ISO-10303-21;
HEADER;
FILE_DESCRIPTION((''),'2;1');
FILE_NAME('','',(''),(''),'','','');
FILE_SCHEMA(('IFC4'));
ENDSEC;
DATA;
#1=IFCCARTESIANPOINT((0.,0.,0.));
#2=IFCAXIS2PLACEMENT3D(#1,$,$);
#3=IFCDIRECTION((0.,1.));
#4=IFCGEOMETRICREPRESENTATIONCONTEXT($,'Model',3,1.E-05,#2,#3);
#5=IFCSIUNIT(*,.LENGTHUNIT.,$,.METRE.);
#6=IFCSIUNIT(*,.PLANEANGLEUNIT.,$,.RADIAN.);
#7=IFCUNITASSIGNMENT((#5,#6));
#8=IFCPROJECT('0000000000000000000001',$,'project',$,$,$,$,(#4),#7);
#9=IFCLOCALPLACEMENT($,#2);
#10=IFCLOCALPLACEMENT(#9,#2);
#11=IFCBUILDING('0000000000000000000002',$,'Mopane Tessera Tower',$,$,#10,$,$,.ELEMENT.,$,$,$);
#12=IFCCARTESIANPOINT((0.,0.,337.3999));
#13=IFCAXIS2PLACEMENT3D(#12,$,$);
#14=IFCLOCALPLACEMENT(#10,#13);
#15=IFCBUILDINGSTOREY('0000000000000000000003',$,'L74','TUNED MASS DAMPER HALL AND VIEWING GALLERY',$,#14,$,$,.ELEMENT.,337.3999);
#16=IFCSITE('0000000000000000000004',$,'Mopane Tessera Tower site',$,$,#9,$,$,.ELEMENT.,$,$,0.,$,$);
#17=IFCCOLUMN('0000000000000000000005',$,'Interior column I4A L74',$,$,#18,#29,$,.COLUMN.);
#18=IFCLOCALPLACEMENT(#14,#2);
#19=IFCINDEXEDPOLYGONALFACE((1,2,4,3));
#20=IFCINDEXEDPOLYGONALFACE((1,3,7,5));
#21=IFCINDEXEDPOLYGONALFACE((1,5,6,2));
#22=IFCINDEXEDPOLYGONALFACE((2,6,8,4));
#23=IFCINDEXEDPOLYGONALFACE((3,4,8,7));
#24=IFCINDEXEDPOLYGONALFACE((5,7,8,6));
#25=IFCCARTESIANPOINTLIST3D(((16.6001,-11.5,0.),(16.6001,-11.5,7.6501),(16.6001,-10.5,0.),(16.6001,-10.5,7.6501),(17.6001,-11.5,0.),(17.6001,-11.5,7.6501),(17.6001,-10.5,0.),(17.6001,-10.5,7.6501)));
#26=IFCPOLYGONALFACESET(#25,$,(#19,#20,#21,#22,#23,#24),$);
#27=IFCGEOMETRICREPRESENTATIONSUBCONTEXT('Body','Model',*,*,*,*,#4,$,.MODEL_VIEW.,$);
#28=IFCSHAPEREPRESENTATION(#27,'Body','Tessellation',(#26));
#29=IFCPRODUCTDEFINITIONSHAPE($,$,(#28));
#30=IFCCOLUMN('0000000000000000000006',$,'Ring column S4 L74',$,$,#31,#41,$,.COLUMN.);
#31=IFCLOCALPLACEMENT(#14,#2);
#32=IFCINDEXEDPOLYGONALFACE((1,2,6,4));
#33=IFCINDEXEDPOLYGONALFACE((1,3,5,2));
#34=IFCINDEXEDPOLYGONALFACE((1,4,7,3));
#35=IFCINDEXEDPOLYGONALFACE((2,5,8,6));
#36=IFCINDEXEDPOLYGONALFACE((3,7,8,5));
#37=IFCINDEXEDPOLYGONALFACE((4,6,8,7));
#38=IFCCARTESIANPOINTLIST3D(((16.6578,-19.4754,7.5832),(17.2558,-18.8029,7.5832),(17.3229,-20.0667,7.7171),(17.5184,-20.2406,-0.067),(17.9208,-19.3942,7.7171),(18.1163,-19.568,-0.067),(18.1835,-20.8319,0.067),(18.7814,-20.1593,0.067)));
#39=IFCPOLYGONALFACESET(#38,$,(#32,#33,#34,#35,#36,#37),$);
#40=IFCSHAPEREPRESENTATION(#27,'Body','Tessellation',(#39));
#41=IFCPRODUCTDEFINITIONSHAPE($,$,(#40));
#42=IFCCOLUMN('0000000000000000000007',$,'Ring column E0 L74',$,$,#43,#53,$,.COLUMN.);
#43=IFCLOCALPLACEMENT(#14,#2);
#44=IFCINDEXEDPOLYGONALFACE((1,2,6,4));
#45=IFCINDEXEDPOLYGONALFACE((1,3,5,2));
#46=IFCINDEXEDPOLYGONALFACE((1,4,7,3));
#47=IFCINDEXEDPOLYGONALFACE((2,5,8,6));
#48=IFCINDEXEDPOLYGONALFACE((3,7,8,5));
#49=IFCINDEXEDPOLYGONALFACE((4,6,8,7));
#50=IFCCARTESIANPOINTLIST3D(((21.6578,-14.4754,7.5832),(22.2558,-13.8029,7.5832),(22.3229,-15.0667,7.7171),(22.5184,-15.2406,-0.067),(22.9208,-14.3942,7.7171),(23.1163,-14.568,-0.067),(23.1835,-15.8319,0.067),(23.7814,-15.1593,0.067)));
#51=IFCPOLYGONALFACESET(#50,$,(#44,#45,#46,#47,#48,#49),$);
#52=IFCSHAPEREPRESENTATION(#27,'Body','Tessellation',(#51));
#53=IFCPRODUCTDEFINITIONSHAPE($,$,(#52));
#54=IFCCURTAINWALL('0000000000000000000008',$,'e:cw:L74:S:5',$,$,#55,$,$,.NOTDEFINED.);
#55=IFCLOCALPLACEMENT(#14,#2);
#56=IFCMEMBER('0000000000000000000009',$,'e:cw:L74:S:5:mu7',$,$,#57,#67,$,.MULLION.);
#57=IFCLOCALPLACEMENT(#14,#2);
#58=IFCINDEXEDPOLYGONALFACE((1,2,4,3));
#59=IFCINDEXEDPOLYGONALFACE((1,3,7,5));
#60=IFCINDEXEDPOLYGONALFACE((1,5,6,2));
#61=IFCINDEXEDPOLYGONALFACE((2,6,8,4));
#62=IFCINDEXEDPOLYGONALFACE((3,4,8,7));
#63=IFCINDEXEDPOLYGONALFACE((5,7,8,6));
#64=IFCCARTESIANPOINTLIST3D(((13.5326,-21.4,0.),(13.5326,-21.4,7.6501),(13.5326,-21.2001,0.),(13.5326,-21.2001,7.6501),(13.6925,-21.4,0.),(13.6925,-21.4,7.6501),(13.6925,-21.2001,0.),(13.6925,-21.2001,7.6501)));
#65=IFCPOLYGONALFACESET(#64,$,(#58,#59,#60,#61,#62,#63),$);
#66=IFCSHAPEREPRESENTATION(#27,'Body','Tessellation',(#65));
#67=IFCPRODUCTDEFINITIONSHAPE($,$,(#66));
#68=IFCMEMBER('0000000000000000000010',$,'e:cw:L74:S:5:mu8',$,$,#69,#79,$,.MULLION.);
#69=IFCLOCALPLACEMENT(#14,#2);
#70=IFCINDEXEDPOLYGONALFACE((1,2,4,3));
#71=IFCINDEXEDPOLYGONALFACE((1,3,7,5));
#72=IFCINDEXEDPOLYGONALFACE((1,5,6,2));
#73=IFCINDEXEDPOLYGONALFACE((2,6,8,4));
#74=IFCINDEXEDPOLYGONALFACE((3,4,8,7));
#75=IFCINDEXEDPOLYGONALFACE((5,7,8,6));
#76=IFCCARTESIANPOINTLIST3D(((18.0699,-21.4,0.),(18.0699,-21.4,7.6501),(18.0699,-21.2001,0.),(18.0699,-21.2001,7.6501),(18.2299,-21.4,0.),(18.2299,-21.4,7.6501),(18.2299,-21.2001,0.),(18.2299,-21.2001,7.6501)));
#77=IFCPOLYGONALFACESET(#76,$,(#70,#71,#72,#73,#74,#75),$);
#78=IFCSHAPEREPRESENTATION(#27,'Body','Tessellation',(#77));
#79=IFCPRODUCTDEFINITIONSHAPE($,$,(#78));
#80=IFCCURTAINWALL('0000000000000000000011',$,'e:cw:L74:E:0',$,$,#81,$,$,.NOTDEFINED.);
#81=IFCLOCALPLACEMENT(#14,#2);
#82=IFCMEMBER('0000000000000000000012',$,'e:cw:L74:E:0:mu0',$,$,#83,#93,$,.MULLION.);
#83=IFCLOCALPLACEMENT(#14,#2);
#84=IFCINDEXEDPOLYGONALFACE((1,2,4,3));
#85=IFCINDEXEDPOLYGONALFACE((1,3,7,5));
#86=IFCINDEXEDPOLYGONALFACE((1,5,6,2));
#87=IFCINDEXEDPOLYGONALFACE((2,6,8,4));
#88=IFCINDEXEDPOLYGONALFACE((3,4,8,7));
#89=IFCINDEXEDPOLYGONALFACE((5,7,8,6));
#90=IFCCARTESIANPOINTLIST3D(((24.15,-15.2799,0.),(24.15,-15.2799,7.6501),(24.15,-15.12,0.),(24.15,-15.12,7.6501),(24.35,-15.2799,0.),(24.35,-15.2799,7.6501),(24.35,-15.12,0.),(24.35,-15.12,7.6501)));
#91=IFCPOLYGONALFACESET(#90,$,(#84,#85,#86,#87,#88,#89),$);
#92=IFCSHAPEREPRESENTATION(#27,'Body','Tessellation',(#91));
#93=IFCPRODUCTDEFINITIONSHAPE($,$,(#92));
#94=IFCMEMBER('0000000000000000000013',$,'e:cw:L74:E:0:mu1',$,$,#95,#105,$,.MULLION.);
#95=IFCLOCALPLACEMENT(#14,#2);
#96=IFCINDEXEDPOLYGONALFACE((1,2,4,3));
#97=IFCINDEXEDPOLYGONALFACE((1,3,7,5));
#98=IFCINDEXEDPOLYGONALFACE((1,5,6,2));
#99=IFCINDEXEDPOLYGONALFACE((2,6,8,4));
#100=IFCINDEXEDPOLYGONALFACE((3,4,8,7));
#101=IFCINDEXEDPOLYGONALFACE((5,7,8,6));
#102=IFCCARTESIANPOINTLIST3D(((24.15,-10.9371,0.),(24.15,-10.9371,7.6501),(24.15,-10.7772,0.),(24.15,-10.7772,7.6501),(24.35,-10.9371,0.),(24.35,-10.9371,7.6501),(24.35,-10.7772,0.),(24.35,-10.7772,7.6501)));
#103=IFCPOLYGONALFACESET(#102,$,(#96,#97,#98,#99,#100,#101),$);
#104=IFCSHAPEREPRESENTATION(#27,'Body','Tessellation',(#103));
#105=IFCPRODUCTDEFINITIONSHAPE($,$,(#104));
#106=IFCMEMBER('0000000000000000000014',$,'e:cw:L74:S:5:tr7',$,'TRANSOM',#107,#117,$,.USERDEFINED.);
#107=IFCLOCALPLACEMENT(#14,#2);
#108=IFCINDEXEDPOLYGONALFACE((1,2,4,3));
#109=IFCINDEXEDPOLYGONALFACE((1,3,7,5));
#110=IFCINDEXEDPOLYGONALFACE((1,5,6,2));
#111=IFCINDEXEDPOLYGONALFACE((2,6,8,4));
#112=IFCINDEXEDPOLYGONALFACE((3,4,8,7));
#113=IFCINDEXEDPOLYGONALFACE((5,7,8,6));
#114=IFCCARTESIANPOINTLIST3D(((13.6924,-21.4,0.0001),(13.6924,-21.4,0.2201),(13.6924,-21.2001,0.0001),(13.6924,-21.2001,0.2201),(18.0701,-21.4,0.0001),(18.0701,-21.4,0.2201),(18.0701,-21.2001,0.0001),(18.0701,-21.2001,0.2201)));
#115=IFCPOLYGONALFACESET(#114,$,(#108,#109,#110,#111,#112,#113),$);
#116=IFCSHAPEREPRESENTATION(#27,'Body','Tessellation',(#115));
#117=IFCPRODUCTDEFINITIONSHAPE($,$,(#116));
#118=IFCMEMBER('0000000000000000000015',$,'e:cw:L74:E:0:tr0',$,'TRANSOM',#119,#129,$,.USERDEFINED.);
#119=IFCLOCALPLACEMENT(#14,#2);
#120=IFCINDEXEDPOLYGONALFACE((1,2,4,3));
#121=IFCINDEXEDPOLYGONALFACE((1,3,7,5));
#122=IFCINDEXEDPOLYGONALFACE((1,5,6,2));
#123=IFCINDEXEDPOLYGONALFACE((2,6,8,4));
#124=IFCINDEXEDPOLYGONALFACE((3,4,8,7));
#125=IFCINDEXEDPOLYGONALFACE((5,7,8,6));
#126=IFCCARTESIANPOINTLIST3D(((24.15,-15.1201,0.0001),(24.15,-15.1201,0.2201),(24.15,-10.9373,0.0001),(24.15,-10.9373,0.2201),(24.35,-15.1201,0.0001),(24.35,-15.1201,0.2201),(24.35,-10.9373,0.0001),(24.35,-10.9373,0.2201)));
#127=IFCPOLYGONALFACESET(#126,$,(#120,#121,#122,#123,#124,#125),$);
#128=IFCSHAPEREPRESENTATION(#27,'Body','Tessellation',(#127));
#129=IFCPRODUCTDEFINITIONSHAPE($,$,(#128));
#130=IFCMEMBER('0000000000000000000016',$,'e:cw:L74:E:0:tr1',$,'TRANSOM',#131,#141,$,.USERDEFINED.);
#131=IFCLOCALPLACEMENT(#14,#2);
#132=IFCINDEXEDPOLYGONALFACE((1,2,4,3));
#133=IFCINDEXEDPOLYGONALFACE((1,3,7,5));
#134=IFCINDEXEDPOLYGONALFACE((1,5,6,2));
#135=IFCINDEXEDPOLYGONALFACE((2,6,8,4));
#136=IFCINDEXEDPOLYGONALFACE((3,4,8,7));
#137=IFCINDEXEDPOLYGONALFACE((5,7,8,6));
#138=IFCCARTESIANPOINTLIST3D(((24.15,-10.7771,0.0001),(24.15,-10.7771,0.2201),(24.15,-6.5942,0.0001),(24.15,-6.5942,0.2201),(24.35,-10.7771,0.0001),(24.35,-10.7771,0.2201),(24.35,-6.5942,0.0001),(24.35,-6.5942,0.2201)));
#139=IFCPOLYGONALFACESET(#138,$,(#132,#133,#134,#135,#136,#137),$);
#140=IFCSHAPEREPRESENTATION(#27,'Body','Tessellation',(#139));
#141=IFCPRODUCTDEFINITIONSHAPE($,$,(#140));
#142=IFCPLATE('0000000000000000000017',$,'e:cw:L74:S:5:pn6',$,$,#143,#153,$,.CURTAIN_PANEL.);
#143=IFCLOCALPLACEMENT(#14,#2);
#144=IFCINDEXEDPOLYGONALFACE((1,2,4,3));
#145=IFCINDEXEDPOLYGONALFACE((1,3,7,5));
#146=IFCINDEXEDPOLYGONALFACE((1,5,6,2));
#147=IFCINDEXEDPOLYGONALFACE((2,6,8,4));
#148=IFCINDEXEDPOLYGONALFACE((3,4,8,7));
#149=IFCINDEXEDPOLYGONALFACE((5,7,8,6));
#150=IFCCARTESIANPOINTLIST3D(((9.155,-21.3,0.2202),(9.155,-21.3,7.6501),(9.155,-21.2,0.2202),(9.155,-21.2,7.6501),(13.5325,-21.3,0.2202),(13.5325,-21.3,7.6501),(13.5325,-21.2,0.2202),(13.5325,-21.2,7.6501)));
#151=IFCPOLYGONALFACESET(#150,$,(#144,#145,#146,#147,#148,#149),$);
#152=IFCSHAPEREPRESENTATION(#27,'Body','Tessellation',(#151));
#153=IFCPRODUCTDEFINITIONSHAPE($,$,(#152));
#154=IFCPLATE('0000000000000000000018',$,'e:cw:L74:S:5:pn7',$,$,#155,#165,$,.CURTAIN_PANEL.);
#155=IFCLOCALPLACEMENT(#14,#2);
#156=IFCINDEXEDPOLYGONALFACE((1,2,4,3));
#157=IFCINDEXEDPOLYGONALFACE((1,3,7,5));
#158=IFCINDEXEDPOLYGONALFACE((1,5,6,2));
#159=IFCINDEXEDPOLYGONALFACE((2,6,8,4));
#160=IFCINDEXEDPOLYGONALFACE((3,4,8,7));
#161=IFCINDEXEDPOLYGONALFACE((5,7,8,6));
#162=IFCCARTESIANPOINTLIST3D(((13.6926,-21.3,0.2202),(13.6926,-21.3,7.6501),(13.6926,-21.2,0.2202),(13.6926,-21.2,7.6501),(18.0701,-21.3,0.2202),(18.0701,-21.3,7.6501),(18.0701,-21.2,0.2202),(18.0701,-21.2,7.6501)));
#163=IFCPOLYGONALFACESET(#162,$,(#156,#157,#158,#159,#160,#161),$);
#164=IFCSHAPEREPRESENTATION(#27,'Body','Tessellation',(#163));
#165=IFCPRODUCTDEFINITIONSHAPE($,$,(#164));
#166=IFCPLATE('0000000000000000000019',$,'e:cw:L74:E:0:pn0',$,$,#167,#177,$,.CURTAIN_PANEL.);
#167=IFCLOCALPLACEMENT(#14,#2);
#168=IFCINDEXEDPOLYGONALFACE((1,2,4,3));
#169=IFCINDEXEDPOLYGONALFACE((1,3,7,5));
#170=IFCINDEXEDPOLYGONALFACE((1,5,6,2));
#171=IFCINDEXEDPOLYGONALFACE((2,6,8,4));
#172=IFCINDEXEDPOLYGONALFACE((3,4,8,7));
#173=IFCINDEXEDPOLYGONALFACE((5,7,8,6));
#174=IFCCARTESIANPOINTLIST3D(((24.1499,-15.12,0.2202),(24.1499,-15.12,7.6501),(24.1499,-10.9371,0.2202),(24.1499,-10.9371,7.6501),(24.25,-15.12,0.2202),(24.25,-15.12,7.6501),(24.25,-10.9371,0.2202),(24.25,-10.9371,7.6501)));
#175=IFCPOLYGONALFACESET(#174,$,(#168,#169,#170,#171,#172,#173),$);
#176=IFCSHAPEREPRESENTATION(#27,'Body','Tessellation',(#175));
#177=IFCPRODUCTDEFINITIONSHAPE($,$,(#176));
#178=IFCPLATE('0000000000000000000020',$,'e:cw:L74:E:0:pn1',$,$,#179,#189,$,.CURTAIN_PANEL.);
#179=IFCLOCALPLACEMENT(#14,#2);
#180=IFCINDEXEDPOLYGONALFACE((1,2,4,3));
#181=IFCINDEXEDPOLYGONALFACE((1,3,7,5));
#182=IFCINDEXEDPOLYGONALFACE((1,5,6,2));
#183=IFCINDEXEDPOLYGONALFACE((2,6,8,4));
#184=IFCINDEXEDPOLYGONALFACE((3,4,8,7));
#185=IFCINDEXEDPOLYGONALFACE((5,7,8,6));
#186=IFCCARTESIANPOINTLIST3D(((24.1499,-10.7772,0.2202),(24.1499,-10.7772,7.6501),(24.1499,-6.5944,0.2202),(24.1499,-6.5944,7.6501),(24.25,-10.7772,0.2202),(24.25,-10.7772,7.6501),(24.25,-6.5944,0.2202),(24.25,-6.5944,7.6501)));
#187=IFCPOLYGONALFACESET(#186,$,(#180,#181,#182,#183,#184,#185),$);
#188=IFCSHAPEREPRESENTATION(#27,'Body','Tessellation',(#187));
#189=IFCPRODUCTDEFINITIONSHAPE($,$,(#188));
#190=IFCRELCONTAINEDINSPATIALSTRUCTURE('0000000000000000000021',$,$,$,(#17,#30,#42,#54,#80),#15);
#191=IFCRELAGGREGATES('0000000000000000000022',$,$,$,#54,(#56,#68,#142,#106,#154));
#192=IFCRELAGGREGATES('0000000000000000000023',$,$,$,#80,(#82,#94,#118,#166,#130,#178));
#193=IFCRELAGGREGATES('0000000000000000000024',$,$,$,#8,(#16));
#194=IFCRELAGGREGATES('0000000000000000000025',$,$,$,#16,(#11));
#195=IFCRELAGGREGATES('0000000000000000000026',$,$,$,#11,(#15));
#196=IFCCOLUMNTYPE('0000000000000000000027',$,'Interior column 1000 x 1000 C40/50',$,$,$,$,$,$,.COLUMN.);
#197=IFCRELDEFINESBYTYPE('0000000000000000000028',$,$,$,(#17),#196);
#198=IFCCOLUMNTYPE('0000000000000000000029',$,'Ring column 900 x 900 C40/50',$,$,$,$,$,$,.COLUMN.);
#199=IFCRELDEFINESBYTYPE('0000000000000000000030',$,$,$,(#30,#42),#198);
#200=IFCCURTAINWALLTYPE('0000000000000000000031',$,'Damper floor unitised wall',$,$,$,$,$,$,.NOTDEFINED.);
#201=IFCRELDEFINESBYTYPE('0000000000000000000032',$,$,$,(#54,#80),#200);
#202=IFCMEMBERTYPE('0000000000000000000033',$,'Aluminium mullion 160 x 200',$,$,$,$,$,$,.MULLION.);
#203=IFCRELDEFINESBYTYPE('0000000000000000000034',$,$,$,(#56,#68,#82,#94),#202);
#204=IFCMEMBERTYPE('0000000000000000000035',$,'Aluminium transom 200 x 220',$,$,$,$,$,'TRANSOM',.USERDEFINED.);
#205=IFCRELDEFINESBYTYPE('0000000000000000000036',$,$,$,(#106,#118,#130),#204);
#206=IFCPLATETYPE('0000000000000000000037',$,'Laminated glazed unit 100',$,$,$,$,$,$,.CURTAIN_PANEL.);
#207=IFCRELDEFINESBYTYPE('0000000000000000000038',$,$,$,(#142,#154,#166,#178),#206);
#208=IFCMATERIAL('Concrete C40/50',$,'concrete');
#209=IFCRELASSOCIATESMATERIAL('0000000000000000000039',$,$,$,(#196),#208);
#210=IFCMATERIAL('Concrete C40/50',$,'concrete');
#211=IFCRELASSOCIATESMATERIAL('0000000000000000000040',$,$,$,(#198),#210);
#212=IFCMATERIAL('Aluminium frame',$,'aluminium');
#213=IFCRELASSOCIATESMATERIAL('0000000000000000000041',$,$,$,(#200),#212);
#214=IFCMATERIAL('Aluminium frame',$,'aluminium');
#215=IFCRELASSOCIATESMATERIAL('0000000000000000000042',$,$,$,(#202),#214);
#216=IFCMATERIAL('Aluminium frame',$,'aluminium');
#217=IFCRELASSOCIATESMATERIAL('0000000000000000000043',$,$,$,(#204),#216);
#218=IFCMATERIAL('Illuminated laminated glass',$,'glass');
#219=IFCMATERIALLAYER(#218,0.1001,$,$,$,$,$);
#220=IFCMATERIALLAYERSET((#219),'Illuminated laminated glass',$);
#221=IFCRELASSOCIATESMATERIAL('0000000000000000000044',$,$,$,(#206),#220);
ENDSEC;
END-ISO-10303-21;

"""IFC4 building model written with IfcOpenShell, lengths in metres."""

from ifc_helpers import new_model, si_unit, direction, frame, origin, origin_2d, place, context, subcontext, project, spatial, rectangle, extrude, material, layer, layer_set, material_profile, profile_set, type_object, element, aggregate, save


model = new_model("IFC4")

# Units and contexts
model_context = context("Model", 3, precision=1e-05, world=origin(), true_north=direction((0.0, 1.0)))
body_context = subcontext(model_context, "Body", "Model", "MODEL_VIEW")
ifc_project = project(units=[si_unit("LENGTHUNIT", "METRE"), si_unit("PLANEANGLEUNIT", "RADIAN")], contexts=[model_context])

# Site, building, storey
site_placement = place(None, origin())
site = spatial("IfcSite", under=ifc_project, at=site_placement, Name="Mopane Tessera Tower site", CompositionType="ELEMENT", RefElevation=0.0)
building_placement = place(site_placement, origin())
building = spatial("IfcBuilding", under=site, at=building_placement, Name="Mopane Tessera Tower", CompositionType="ELEMENT")
storey_placement = place(building_placement, frame((0.0, 0.0, 337.3999)))
storey = spatial("IfcBuildingStorey", under=building, at=storey_placement, Name="L74", Description="TUNED MASS DAMPER HALL AND VIEWING GALLERY", CompositionType="ELEMENT", Elevation=337.3999)

# Columns
ifc_material_1 = material(Name="Concrete C40/50", Category="concrete")
ifc_material_profile_1 = material_profile(ifc_material_1, rectangle(XDim=1.0, YDim=1.0, at=origin_2d()))
ifc_profile_set_1 = profile_set([ifc_material_profile_1], Name="Concrete C40/50")
column_type_1 = type_object("IfcColumnType", Name="Interior column 1000 x 1000 C40/50", PredefinedType="COLUMN", material=ifc_profile_set_1)
column_placement = place(storey_placement, frame((17.1001, -11.0, 0.0), z_axis=(0.0, 0.0, 1.0), x_axis=(1.0, 0.0, 0.0)))
element("IfcColumn", 1, at=column_placement, inside=storey, type_object=column_type_1, Name="Interior column I4A L74", PredefinedType="COLUMN", context=body_context, shape_type="SweptSolid", body=[
    extrude(rectangle(XDim=1.0, YDim=1.0, at=origin_2d()), origin(), (0.0, 0.0, 1.0), 7.6501),
])
ifc_material_2 = material(Name="Concrete C40/50", Category="concrete")
ifc_material_profile_2 = material_profile(ifc_material_2, rectangle(XDim=0.8999, YDim=0.8999, at=origin_2d()))
ifc_profile_set_2 = profile_set([ifc_material_profile_2], Name="Concrete C40/50")
column_type_2 = type_object("IfcColumnType", Name="Ring column 900 x 900 C40/50", PredefinedType="COLUMN", material=ifc_profile_set_2)
for number, where, z_axis, x_axis, name in (
    (2, (18.1499, -20.2, 0.0), (-0.111241, 0.098902, 0.98886), (-0.664443, -0.747339, 0.0), "Ring column S4 L74"),
    (3, (23.1499, -15.2, 0.0), (-0.111241, 0.098902, 0.98886), (-0.664443, -0.747339, 0.0), "Ring column E0 L74"),
):
    element("IfcColumn", number, at=place(storey_placement, frame(where, z_axis=z_axis, x_axis=x_axis)), inside=storey, type_object=column_type_2, Name=name, PredefinedType="COLUMN", context=body_context, shape_type="SweptSolid", body=[
        extrude(rectangle(XDim=0.8999, YDim=0.8999, at=origin_2d()), origin(), (0.0, 0.0, 1.0), 7.7363),
    ])

# Curtain walls, members
ifc_material_3 = material(Name="Aluminium frame", Category="aluminium")
curtain_wall_type = type_object("IfcCurtainWallType", Name="Damper floor unitised wall", PredefinedType="NOTDEFINED", material=ifc_material_3)
curtain_wall_1_placement = place(storey_placement, origin())
curtain_wall_1 = element("IfcCurtainWall", 4, at=curtain_wall_1_placement, inside=storey, type_object=curtain_wall_type, Name="e:cw:L74:S:5", PredefinedType="NOTDEFINED")
ifc_material_4 = material(Name="Aluminium frame", Category="aluminium")
ifc_material_profile_3 = material_profile(ifc_material_4, rectangle(XDim=0.1599, YDim=0.2, at=origin_2d()))
ifc_profile_set_3 = profile_set([ifc_material_profile_3], Name="Aluminium frame")
member_type_1 = type_object("IfcMemberType", Name="Aluminium mullion 160 x 200", PredefinedType="MULLION", material=ifc_profile_set_3)
member_1_placement = place(storey_placement, frame((13.6125, -21.3, 0.0), z_axis=(0.0, 0.0, 1.0), x_axis=(1.0, 0.0, 0.0)))
member_1 = element("IfcMember", 5, at=member_1_placement, type_object=member_type_1, Name="e:cw:L74:S:5:mu7", PredefinedType="MULLION", context=body_context, shape_type="SweptSolid", body=[
    extrude(rectangle(XDim=0.1599, YDim=0.2, at=origin_2d()), origin(), (0.0, 0.0, 1.0), 7.6501),
])
member_2_placement = place(storey_placement, frame((18.1499, -21.3, 0.0), z_axis=(0.0, 0.0, 1.0), x_axis=(1.0, 0.0, 0.0)))
member_2 = element("IfcMember", 6, at=member_2_placement, type_object=member_type_1, Name="e:cw:L74:S:5:mu8", PredefinedType="MULLION", context=body_context, shape_type="SweptSolid", body=[
    extrude(rectangle(XDim=0.1599, YDim=0.2, at=origin_2d()), origin(), (0.0, 0.0, 1.0), 7.6501),
])
curtain_wall_2_placement = place(storey_placement, origin())
curtain_wall_2 = element("IfcCurtainWall", 7, at=curtain_wall_2_placement, inside=storey, type_object=curtain_wall_type, Name="e:cw:L74:E:0", PredefinedType="NOTDEFINED")
member_3_placement = place(storey_placement, frame((24.25, -15.2, 0.0), z_axis=(0.0, 0.0, 1.0), x_axis=(0.0, 1.0, 0.0)))
member_3 = element("IfcMember", 8, at=member_3_placement, type_object=member_type_1, Name="e:cw:L74:E:0:mu0", PredefinedType="MULLION", context=body_context, shape_type="SweptSolid", body=[
    extrude(rectangle(XDim=0.1599, YDim=0.2, at=origin_2d()), origin(), (0.0, 0.0, 1.0), 7.6501),
])
member_4_placement = place(storey_placement, frame((24.25, -10.8572, 0.0), z_axis=(0.0, 0.0, 1.0), x_axis=(0.0, 1.0, 0.0)))
member_4 = element("IfcMember", 9, at=member_4_placement, type_object=member_type_1, Name="e:cw:L74:E:0:mu1", PredefinedType="MULLION", context=body_context, shape_type="SweptSolid", body=[
    extrude(rectangle(XDim=0.1599, YDim=0.2, at=origin_2d()), origin(), (0.0, 0.0, 1.0), 7.6501),
])

# Members
ifc_material_5 = material(Name="Aluminium frame", Category="aluminium")
ifc_material_profile_4 = material_profile(ifc_material_5, rectangle(XDim=0.2, YDim=0.22, at=origin_2d()))
ifc_profile_set_4 = profile_set([ifc_material_profile_4], Name="Aluminium frame")
member_type_2 = type_object("IfcMemberType", Name="Aluminium transom 200 x 220", ElementType="TRANSOM", PredefinedType="USERDEFINED", material=ifc_profile_set_4)
member_5_placement = place(storey_placement, frame((13.6924, -21.3, 0.1101), z_axis=(1.0, 0.0, 0.0), x_axis=(0.0, 1.0, 0.0)))
member_5 = element("IfcMember", 10, at=member_5_placement, type_object=member_type_2, Name="e:cw:L74:S:5:tr7", ObjectType="TRANSOM", PredefinedType="USERDEFINED", context=body_context, shape_type="SweptSolid", body=[
    extrude(rectangle(XDim=0.2, YDim=0.22, at=origin_2d()), origin(), (0.0, 0.0, 1.0), 4.3777),
])
member_6_placement = place(storey_placement, frame((24.25, -15.1201, 0.1101), z_axis=(0.0, 1.0, 0.0), x_axis=(-1.0, 0.0, 0.0)))
member_6 = element("IfcMember", 11, at=member_6_placement, type_object=member_type_2, Name="e:cw:L74:E:0:tr0", ObjectType="TRANSOM", PredefinedType="USERDEFINED", context=body_context, shape_type="SweptSolid", body=[
    extrude(rectangle(XDim=0.2, YDim=0.22, at=origin_2d()), origin(), (0.0, 0.0, 1.0), 4.1829),
])
member_7_placement = place(storey_placement, frame((24.25, -10.7771, 0.1101), z_axis=(0.0, 1.0, 0.0), x_axis=(-1.0, 0.0, 0.0)))
member_7 = element("IfcMember", 12, at=member_7_placement, type_object=member_type_2, Name="e:cw:L74:E:0:tr1", ObjectType="TRANSOM", PredefinedType="USERDEFINED", context=body_context, shape_type="SweptSolid", body=[
    extrude(rectangle(XDim=0.2, YDim=0.22, at=origin_2d()), origin(), (0.0, 0.0, 1.0), 4.1829),
])

# Plates
ifc_material_6 = material(Name="Illuminated laminated glass", Category="glass")
ifc_layer_1 = layer(ifc_material_6, 0.1001)
ifc_layer_set_1 = layer_set([ifc_layer_1], Name="Illuminated laminated glass")
plate_type = type_object("IfcPlateType", Name="Laminated glazed unit 100", PredefinedType="CURTAIN_PANEL", material=ifc_layer_set_1)
plate_1_placement = place(storey_placement, frame((11.3438, -21.25, 0.2202), z_axis=(0.0, 0.0, 1.0), x_axis=(1.0, 0.0, 0.0)))
plate_1 = element("IfcPlate", 13, at=plate_1_placement, type_object=plate_type, Name="e:cw:L74:S:5:pn6", PredefinedType="CURTAIN_PANEL", context=body_context, shape_type="SweptSolid", body=[
    extrude(rectangle(XDim=4.3774, YDim=0.1001, at=origin_2d()), origin(), (0.0, 0.0, 1.0), 7.4299),
])
plate_2_placement = place(storey_placement, frame((15.8813, -21.25, 0.2202), z_axis=(0.0, 0.0, 1.0), x_axis=(1.0, 0.0, 0.0)))
plate_2 = element("IfcPlate", 14, at=plate_2_placement, type_object=plate_type, Name="e:cw:L74:S:5:pn7", PredefinedType="CURTAIN_PANEL", context=body_context, shape_type="SweptSolid", body=[
    extrude(rectangle(XDim=4.3774, YDim=0.1001, at=origin_2d()), origin(), (0.0, 0.0, 1.0), 7.4299),
])
aggregate(curtain_wall_1, [member_1, member_2, plate_1, member_5, plate_2])
plate_3_placement = place(storey_placement, frame((24.2, -13.0286, 0.2202), z_axis=(0.0, 0.0, 1.0), x_axis=(0.0, 1.0, 0.0)))
plate_3 = element("IfcPlate", 15, at=plate_3_placement, type_object=plate_type, Name="e:cw:L74:E:0:pn0", PredefinedType="CURTAIN_PANEL", context=body_context, shape_type="SweptSolid", body=[
    extrude(rectangle(XDim=4.1829, YDim=0.1001, at=origin_2d()), origin(), (0.0, 0.0, 1.0), 7.4299),
])
plate_4_placement = place(storey_placement, frame((24.2, -8.6858, 0.2202), z_axis=(0.0, 0.0, 1.0), x_axis=(0.0, 1.0, 0.0)))
plate_4 = element("IfcPlate", 16, at=plate_4_placement, type_object=plate_type, Name="e:cw:L74:E:0:pn1", PredefinedType="CURTAIN_PANEL", context=body_context, shape_type="SweptSolid", body=[
    extrude(rectangle(XDim=4.1829, YDim=0.1001, at=origin_2d()), origin(), (0.0, 0.0, 1.0), 7.4299),
])
aggregate(curtain_wall_2, [member_3, member_4, member_6, plate_3, member_7, plate_4])

save(model, "model.ifc")
